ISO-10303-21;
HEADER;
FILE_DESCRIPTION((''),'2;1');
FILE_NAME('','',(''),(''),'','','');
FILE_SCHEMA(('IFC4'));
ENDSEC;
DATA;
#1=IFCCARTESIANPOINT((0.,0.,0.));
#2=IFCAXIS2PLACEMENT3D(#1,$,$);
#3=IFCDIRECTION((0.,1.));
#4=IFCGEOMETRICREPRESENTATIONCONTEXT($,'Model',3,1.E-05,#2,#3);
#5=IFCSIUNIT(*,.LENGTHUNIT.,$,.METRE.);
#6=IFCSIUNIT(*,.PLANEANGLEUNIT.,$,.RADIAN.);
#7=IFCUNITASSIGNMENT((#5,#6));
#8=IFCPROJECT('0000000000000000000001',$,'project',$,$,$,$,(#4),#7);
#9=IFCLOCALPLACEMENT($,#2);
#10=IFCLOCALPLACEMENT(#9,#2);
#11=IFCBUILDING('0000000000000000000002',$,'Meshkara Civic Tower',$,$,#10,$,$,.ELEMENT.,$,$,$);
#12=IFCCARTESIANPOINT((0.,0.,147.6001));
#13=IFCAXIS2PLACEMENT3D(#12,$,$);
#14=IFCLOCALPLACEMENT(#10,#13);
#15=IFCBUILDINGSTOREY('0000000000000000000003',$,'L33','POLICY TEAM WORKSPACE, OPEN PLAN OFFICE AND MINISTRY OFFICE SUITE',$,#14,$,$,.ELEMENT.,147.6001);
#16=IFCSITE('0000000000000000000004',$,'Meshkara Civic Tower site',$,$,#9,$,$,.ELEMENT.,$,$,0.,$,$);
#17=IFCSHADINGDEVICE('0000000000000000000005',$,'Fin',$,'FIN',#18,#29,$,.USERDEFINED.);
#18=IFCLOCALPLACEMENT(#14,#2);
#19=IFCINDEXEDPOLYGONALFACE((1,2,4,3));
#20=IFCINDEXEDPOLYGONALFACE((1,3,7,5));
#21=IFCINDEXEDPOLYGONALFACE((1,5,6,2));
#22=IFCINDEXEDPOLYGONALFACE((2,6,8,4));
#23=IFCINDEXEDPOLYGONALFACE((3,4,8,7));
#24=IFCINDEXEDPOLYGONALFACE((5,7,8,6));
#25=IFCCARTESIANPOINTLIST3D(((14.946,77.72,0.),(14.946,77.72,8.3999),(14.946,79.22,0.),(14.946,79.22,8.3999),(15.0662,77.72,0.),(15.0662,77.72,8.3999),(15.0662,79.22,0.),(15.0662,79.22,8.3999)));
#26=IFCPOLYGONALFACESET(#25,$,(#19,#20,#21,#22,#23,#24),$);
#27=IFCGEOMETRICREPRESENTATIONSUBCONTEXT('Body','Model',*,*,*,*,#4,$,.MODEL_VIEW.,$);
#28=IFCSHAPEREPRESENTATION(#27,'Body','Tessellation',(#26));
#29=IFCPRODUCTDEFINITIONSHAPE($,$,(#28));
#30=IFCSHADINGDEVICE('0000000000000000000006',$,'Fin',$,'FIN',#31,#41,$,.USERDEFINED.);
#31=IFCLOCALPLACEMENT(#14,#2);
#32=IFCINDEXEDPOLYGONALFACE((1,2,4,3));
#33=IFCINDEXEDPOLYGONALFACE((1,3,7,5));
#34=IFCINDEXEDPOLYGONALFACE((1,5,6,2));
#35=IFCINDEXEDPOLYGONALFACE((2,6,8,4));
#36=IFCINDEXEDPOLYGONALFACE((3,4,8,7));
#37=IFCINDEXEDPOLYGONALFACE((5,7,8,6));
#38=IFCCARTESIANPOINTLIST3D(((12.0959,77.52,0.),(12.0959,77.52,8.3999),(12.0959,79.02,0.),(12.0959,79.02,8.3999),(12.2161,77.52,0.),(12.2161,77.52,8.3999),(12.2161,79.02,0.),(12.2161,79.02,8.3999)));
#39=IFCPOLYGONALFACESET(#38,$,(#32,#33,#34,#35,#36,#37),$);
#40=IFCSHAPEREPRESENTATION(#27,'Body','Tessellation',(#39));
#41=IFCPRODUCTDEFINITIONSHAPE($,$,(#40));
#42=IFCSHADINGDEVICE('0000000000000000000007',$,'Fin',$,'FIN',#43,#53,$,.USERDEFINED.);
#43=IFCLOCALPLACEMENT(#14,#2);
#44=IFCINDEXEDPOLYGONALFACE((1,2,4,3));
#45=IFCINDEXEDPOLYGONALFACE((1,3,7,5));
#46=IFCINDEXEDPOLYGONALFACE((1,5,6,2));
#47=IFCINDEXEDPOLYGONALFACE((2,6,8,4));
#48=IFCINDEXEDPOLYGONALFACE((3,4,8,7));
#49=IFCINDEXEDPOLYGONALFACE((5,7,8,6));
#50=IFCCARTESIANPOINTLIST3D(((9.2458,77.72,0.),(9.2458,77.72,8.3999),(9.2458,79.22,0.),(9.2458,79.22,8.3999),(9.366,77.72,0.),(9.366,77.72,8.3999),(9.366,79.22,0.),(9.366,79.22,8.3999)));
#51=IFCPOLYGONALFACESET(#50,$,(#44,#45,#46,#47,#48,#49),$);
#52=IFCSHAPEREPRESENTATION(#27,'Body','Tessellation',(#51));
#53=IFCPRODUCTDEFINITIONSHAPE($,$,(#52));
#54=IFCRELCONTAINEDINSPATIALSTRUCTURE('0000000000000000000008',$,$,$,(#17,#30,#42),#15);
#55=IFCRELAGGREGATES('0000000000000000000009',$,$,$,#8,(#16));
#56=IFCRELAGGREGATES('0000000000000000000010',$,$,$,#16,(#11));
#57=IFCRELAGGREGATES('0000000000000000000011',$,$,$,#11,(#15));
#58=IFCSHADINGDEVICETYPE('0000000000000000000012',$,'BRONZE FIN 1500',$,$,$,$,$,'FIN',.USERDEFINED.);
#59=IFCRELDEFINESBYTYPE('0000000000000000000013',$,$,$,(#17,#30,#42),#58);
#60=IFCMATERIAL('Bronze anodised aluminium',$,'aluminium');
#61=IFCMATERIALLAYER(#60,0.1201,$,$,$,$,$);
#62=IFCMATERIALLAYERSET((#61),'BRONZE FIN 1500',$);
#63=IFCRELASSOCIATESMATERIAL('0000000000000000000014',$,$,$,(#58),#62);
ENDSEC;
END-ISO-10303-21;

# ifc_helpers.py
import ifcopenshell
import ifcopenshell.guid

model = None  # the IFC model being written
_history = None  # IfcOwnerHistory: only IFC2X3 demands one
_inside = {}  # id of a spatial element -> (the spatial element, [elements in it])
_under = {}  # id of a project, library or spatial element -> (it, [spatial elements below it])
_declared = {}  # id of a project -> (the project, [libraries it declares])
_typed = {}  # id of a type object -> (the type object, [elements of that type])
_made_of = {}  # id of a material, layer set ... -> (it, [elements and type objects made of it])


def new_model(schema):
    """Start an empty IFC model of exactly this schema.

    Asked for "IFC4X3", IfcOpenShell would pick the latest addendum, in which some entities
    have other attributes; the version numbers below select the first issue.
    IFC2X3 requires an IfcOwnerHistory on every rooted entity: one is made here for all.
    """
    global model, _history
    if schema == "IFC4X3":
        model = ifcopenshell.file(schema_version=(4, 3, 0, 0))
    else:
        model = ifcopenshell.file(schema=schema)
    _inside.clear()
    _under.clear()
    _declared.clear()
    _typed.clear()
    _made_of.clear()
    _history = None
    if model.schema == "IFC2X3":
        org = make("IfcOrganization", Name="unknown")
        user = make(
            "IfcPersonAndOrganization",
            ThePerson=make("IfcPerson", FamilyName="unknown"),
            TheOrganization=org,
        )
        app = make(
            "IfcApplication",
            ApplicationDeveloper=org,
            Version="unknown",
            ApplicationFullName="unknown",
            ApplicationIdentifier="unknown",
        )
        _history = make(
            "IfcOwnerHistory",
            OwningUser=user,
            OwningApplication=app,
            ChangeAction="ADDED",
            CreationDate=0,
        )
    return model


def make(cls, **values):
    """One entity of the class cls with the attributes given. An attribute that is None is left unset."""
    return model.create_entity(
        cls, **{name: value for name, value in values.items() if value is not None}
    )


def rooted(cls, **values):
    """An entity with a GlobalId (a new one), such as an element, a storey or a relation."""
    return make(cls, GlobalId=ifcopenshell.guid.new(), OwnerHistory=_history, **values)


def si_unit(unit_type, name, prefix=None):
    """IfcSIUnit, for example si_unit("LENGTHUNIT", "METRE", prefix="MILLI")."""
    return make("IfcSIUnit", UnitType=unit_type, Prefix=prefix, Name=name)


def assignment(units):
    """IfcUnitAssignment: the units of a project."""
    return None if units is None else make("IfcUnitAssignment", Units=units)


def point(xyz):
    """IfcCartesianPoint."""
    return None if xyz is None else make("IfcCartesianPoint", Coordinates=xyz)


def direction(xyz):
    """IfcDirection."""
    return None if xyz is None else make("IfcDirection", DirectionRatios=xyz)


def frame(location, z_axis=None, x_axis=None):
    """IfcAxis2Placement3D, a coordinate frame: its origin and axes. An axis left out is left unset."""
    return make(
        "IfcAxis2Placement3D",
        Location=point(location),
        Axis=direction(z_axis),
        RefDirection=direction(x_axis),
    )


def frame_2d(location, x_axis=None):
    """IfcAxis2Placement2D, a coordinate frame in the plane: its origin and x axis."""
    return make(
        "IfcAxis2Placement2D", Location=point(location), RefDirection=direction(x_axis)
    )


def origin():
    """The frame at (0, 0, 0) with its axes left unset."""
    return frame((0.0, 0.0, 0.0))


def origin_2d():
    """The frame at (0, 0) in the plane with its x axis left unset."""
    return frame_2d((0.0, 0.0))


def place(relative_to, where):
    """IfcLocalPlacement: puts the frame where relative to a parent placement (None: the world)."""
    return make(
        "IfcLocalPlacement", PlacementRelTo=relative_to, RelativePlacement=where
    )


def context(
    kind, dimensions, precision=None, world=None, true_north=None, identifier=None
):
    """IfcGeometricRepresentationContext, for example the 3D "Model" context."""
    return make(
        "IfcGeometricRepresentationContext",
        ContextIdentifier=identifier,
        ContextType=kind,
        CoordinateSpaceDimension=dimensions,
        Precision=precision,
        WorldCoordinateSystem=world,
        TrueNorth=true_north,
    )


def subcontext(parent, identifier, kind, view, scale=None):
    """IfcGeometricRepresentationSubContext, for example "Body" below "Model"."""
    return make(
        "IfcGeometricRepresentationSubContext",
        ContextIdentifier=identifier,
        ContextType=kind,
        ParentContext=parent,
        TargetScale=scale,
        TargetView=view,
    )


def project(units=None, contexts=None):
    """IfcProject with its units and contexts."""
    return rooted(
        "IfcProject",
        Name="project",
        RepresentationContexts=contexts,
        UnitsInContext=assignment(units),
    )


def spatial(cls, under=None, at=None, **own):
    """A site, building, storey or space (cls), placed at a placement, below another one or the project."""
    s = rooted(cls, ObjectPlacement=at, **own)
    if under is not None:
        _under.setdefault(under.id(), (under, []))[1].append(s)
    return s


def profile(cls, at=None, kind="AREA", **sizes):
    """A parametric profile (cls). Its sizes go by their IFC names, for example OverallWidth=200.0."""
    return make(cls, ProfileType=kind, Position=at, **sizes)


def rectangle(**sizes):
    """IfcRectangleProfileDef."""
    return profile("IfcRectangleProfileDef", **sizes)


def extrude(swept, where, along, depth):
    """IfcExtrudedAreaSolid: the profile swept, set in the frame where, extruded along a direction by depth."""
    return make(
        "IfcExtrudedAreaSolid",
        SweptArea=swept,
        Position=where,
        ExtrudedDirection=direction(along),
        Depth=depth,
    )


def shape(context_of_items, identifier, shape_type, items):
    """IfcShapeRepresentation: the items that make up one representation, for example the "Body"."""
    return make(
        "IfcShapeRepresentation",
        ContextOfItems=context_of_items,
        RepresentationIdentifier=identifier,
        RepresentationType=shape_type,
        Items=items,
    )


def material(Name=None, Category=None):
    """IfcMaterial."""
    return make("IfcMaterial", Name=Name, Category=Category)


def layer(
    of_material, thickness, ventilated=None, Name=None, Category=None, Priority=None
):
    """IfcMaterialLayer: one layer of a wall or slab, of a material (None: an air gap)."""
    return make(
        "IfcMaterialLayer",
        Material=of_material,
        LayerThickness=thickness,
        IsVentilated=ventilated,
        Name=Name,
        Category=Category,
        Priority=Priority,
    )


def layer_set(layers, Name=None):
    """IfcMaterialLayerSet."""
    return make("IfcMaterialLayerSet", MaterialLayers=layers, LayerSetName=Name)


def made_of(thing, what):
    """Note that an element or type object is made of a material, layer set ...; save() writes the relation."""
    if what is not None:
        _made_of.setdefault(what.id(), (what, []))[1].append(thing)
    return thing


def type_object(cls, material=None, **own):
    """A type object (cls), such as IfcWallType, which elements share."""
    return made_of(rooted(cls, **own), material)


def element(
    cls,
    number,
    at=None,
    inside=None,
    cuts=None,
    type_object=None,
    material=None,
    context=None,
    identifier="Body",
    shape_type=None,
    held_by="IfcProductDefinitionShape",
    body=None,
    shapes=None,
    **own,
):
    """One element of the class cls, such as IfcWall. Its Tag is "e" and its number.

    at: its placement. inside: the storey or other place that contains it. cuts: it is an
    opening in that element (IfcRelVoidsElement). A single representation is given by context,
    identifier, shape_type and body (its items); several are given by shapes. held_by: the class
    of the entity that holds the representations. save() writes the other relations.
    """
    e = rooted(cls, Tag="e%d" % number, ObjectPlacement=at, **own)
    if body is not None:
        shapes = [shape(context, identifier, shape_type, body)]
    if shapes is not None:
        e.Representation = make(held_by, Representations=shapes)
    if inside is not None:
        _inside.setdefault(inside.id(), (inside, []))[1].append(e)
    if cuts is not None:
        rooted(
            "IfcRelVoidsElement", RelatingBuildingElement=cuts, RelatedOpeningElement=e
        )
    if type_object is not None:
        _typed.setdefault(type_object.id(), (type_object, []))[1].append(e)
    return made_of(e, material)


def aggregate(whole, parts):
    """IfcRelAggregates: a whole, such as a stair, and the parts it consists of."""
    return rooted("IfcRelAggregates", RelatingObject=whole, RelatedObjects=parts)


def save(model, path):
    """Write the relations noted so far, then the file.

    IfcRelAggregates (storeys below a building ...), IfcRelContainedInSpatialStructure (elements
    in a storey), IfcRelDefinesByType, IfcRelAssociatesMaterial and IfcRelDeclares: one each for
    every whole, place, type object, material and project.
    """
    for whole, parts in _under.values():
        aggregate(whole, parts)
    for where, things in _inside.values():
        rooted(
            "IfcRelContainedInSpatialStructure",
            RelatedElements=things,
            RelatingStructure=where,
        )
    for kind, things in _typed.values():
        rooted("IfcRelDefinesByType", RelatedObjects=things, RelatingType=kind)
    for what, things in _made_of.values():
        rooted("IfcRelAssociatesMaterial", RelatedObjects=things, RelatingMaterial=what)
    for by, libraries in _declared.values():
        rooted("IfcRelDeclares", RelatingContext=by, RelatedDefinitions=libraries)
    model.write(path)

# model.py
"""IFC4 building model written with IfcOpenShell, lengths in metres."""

from ifc_helpers import new_model, si_unit, direction, frame, origin, origin_2d, place, context, subcontext, project, spatial, rectangle, extrude, material, layer, layer_set, type_object, element, save


model = new_model("IFC4")

# Units and contexts
model_context = context("Model", 3, precision=1e-05, world=origin(), true_north=direction((0.0, 1.0)))
body_context = subcontext(model_context, "Body", "Model", "MODEL_VIEW")
ifc_project = project(units=[si_unit("LENGTHUNIT", "METRE"), si_unit("PLANEANGLEUNIT", "RADIAN")], contexts=[model_context])

# Site, building, storey
site_placement = place(None, origin())
site = spatial("IfcSite", under=ifc_project, at=site_placement, Name="Meshkara Civic Tower site", CompositionType="ELEMENT", RefElevation=0.0)
building_placement = place(site_placement, origin())
building = spatial("IfcBuilding", under=site, at=building_placement, Name="Meshkara Civic Tower", CompositionType="ELEMENT")
storey_placement = place(building_placement, frame((0.0, 0.0, 147.6001)))
storey = spatial("IfcBuildingStorey", under=building, at=storey_placement, Name="L33", Description="POLICY TEAM WORKSPACE, OPEN PLAN OFFICE AND MINISTRY OFFICE SUITE", CompositionType="ELEMENT", Elevation=147.6001)

# Shading devices
ifc_material_1 = material(Name="Bronze anodised aluminium", Category="aluminium")
ifc_layer_1 = layer(ifc_material_1, 0.1201)
ifc_layer_set_1 = layer_set([ifc_layer_1], Name="BRONZE FIN 1500")
shading_device_type = type_object("IfcShadingDeviceType", Name="BRONZE FIN 1500", ElementType="FIN", PredefinedType="USERDEFINED", material=ifc_layer_set_1)
for number, where, z_axis, x_axis, name in (
    (1, (15.0061, 78.47, 0.0), (0.0, 0.0, 1.0), (-1.0, 0.0, 0.0), "Fin"),
    (2, (12.156, 78.27, 0.0), (0.0, 0.0, 1.0), (-1.0, 0.0, 0.0), "Fin"),
    (3, (9.3059, 78.47, 0.0), (0.0, 0.0, 1.0), (-1.0, 0.0, 0.0), "Fin"),
):
    element("IfcShadingDevice", number, at=place(storey_placement, frame(where, z_axis=z_axis, x_axis=x_axis)), inside=storey, type_object=shading_device_type, Name=name, ObjectType="FIN", PredefinedType="USERDEFINED", context=body_context, shape_type="SweptSolid", body=[
        extrude(rectangle(XDim=0.1201, YDim=1.5, at=origin_2d()), origin(), (0.0, 0.0, 1.0), 8.3999),
    ])

save(model, "model.ifc")
